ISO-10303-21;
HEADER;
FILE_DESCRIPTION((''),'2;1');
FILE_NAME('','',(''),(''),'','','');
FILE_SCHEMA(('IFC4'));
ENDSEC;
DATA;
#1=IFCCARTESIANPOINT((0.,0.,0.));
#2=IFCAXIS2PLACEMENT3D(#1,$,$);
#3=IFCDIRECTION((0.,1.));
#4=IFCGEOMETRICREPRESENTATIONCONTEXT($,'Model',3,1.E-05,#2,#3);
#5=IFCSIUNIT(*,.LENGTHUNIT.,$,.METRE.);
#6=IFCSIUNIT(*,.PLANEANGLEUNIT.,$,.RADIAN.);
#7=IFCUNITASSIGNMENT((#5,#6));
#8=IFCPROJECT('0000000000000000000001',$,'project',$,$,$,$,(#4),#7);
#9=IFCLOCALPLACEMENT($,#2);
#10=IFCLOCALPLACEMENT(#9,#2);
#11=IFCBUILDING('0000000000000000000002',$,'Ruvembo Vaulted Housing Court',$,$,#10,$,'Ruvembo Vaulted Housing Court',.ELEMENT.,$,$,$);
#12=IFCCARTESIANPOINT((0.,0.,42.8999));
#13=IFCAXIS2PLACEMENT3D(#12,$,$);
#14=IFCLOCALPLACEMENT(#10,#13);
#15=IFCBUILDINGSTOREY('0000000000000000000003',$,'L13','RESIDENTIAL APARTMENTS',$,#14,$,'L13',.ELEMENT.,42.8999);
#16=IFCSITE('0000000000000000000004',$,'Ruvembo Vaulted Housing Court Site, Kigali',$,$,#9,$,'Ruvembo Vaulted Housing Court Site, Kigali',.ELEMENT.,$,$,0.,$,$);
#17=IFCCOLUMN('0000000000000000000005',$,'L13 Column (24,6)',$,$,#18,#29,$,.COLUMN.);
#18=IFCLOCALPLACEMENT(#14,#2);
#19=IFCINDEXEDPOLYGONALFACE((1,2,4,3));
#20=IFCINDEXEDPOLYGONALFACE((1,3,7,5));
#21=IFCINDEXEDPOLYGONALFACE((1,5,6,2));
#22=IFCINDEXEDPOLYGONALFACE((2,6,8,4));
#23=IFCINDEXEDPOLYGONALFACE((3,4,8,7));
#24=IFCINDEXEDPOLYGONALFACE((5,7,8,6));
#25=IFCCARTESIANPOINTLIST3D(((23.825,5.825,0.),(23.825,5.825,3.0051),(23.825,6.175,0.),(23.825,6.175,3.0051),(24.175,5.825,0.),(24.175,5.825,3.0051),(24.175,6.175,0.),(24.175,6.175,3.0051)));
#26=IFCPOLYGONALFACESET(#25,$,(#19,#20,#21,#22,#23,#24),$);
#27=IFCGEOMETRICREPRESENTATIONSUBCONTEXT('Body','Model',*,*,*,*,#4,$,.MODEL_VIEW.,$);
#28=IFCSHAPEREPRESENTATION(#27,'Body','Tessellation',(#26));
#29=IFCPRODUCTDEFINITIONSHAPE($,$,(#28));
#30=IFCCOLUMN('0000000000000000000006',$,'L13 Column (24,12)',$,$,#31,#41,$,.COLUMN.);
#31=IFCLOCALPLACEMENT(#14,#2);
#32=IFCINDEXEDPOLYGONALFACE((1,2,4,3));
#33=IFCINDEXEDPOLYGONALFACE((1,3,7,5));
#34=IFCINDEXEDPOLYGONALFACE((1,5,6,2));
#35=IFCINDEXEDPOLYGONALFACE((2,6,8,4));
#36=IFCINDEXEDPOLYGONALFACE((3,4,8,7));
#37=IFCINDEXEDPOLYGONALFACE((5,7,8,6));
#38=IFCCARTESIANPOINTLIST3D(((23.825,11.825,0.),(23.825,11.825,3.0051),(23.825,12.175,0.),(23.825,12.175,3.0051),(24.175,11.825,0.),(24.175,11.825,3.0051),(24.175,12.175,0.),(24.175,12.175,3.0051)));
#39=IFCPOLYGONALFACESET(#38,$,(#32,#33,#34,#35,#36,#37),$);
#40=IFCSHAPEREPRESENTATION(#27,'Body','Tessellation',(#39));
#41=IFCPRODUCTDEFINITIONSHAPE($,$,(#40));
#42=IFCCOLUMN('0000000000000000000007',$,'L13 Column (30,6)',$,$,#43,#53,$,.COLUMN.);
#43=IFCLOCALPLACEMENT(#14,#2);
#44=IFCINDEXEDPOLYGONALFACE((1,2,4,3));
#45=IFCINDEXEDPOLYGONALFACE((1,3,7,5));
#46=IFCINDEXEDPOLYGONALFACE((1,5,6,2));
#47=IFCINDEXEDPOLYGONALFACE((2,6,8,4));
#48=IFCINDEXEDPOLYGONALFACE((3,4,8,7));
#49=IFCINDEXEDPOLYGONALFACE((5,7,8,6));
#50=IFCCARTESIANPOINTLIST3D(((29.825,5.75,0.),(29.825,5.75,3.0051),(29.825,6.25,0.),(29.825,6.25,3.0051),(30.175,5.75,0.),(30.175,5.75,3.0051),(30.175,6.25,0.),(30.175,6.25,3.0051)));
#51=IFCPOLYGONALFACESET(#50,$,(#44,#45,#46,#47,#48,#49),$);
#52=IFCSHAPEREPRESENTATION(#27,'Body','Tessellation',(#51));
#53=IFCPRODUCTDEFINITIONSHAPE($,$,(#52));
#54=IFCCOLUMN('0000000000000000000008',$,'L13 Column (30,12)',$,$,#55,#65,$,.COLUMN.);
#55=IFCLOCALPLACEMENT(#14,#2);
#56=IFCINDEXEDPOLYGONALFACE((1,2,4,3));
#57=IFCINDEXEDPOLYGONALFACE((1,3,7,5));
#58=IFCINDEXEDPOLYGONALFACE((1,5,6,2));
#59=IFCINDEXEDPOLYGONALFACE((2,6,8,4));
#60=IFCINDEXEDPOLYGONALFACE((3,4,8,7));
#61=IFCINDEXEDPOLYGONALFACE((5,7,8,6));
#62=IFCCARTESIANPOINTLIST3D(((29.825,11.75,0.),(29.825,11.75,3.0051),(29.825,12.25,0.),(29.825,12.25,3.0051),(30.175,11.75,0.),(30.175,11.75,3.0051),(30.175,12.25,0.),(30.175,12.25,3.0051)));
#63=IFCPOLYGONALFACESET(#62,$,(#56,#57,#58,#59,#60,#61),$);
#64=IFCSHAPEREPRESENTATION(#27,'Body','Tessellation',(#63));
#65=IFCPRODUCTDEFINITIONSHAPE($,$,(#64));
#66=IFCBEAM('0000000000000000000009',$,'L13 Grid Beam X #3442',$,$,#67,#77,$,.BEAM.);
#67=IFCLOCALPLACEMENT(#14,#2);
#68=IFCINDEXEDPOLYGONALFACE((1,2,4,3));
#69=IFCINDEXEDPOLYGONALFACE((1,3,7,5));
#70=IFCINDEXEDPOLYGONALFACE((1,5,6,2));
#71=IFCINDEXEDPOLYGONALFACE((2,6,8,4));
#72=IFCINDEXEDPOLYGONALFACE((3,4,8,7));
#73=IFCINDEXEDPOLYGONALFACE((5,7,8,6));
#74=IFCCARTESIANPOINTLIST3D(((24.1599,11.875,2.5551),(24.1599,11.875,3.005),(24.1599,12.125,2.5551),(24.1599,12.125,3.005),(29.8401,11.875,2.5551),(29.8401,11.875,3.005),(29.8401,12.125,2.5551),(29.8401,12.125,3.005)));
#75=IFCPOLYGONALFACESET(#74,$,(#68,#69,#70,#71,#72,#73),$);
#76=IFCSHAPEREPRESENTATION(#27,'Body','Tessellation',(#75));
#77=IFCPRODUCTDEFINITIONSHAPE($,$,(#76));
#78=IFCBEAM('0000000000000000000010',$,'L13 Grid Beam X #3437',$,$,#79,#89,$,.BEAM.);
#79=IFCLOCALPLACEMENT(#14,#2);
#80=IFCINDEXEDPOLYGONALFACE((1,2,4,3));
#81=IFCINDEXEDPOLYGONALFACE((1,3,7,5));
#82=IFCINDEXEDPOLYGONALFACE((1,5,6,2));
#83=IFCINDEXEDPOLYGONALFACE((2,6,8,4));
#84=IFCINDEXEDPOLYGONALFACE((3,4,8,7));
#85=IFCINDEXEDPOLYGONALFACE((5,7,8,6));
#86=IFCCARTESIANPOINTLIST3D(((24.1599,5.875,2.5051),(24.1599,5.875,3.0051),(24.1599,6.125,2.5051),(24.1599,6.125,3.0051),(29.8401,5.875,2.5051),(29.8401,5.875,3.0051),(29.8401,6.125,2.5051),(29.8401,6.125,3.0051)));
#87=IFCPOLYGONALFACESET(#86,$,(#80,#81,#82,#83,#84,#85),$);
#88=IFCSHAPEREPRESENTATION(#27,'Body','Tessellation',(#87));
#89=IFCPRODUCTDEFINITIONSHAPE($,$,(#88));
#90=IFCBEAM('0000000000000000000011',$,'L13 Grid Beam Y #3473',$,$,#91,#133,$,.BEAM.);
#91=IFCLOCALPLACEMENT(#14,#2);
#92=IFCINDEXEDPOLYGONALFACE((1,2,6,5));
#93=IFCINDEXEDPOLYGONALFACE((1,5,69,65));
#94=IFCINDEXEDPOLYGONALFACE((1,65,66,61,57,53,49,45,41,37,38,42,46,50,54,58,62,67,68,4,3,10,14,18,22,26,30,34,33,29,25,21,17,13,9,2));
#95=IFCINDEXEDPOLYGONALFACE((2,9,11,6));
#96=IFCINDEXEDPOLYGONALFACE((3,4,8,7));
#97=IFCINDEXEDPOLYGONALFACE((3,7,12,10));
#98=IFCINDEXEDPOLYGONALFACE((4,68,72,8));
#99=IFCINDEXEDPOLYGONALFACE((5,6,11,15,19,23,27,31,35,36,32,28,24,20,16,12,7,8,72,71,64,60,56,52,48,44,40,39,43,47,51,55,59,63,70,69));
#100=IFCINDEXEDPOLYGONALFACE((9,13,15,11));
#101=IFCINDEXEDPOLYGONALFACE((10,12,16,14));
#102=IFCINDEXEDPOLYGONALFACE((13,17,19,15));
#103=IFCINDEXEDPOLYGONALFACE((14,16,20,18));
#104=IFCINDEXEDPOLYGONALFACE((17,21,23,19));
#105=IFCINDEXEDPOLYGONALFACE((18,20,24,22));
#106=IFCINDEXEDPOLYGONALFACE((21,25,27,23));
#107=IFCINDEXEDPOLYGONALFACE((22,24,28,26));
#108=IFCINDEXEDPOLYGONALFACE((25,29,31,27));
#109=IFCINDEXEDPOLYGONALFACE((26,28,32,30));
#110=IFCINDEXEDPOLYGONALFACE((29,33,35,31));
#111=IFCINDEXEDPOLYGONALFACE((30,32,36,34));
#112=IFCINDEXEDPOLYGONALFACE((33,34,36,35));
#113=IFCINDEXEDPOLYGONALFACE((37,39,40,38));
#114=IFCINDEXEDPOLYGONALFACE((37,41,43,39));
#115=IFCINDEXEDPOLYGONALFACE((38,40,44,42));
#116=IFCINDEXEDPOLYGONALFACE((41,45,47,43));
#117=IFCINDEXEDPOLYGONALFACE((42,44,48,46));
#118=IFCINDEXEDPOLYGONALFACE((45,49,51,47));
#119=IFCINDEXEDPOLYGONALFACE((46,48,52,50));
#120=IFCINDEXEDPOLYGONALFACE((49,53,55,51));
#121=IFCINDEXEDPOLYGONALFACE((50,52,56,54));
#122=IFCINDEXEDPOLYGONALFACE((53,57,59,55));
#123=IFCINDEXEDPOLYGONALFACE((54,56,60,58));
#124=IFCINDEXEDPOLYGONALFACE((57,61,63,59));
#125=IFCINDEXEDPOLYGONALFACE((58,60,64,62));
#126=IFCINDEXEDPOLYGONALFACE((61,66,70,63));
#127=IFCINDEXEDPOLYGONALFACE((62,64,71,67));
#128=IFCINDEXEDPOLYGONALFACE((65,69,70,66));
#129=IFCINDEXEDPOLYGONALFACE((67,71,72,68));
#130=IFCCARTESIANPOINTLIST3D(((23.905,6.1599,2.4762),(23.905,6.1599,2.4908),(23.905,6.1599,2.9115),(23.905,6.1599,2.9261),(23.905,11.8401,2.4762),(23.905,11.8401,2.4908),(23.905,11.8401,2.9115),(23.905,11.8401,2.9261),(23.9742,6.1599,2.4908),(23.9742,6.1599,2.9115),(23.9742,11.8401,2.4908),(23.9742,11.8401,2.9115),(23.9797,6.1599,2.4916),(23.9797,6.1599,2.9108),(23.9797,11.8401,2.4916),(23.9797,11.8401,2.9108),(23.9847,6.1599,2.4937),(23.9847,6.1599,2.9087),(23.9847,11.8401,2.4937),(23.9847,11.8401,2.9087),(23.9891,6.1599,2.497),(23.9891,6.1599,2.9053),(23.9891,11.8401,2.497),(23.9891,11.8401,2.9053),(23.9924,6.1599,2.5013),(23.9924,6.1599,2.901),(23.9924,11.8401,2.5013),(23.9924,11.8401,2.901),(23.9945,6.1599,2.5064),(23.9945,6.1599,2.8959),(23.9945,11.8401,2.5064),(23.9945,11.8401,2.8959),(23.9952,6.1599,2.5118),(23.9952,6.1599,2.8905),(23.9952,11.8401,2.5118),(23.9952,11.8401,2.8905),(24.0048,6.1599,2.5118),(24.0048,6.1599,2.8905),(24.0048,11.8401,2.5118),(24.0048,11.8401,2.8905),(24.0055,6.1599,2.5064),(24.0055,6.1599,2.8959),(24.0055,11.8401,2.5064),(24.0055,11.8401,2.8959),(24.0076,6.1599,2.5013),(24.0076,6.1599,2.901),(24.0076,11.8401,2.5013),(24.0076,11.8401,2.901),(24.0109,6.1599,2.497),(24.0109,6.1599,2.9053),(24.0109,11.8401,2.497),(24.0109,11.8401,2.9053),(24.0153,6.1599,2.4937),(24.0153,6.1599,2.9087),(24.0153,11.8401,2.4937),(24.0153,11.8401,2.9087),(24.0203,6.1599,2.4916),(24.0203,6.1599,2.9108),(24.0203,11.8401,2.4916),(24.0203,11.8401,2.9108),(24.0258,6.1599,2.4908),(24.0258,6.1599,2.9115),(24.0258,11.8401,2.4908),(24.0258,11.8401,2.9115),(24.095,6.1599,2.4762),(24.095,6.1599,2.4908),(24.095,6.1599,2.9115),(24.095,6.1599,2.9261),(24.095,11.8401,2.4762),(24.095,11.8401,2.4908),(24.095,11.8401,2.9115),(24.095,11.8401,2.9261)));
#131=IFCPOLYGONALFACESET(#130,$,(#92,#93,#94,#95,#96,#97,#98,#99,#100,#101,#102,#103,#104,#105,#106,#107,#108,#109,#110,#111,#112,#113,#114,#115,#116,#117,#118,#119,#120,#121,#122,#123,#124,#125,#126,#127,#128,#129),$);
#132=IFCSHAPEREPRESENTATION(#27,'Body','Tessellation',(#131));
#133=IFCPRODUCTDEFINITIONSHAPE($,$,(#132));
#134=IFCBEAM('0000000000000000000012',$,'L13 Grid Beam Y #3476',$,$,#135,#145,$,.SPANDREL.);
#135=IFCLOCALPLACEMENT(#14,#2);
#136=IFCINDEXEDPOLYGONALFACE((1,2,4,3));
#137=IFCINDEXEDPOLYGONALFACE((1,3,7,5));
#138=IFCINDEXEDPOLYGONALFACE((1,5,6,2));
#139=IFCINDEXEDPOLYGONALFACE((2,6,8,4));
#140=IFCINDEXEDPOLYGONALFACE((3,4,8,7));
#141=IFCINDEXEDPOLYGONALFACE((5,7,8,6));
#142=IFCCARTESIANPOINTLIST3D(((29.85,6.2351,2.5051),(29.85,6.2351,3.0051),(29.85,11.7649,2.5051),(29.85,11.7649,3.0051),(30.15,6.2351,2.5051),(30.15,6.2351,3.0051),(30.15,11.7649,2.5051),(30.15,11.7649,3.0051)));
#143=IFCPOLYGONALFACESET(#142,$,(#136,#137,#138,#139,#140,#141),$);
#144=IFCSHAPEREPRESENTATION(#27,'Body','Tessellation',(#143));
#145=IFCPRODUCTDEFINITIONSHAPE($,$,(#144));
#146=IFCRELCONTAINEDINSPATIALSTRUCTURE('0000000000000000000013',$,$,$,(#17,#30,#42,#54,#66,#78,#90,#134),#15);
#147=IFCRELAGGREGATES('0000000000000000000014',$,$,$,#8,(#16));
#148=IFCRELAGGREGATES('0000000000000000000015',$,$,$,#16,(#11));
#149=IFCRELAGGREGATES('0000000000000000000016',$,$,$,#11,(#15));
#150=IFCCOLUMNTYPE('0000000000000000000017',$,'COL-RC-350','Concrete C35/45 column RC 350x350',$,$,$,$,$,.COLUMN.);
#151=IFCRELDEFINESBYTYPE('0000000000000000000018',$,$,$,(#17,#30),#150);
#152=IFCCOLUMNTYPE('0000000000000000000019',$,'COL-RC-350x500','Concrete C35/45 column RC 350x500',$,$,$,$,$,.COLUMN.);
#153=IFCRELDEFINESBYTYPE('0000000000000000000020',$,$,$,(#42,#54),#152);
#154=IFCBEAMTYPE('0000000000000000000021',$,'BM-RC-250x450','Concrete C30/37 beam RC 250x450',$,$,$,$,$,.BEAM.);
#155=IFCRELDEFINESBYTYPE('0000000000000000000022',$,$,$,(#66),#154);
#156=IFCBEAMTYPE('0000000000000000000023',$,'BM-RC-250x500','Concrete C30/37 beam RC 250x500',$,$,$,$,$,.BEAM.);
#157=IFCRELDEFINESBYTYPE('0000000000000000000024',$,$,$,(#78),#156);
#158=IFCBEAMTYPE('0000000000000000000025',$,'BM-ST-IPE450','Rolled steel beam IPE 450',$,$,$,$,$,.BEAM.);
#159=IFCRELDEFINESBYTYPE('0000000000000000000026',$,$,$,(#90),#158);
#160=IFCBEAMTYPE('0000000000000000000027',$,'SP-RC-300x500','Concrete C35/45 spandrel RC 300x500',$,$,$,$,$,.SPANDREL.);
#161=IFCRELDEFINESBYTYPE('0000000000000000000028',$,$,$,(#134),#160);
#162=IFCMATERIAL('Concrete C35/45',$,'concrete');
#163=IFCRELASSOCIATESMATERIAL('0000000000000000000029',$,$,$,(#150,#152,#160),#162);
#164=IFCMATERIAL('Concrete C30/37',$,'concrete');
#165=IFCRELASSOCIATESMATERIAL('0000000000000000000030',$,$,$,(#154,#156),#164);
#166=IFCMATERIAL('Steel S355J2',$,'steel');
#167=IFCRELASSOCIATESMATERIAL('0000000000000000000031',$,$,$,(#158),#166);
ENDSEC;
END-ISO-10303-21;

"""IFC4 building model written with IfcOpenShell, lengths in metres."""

from ifc_helpers import new_model, si_unit, direction, frame, origin, origin_2d, place, context, subcontext, project, spatial, rectangle, i_section, extrude, material, material_profile, profile_set, type_object, element, save


model = new_model("IFC4")

# Units and contexts
model_context = context("Model", 3, precision=1e-05, world=origin(), true_north=direction((0.0, 1.0)))
body_context = subcontext(model_context, "Body", "Model", "MODEL_VIEW")
ifc_project = project(units=[si_unit("LENGTHUNIT", "METRE"), si_unit("PLANEANGLEUNIT", "RADIAN")], contexts=[model_context])

# Site, building, storey
site_placement = place(None, origin())
site = spatial("IfcSite", under=ifc_project, at=site_placement, Name="Ruvembo Vaulted Housing Court Site, Kigali", LongName="Ruvembo Vaulted Housing Court Site, Kigali", CompositionType="ELEMENT", RefElevation=0.0)
building_placement = place(site_placement, origin())
building = spatial("IfcBuilding", under=site, at=building_placement, Name="Ruvembo Vaulted Housing Court", LongName="Ruvembo Vaulted Housing Court", CompositionType="ELEMENT")
storey_placement = place(building_placement, frame((0.0, 0.0, 42.8999)))
storey = spatial("IfcBuildingStorey", under=building, at=storey_placement, Name="L13", Description="RESIDENTIAL APARTMENTS", LongName="L13", CompositionType="ELEMENT", Elevation=42.8999)

# Columns
ifc_material_1 = material(Name="Concrete C35/45", Category="concrete")
ifc_material_profile_1 = material_profile(ifc_material_1, rectangle(XDim=0.3501, YDim=0.3501, at=origin_2d()), Name="RC 350x350")
ifc_profile_set_1 = profile_set([ifc_material_profile_1], Name="Concrete C35/45")
column_type_1 = type_object("IfcColumnType", Name="COL-RC-350", Description="Concrete C35/45 column RC 350x350", PredefinedType="COLUMN", material=ifc_profile_set_1)
for number, where, z_axis, x_axis, name in (
    (1, (24.0, 6.0, 0.0), (0.0, 0.0, 1.0), (1.0, 0.0, 0.0), "L13 Column (24,6)"),
    (2, (24.0, 12.0, 0.0), (0.0, 0.0, 1.0), (1.0, 0.0, 0.0), "L13 Column (24,12)"),
):
    element("IfcColumn", number, at=place(storey_placement, frame(where, z_axis=z_axis, x_axis=x_axis)), inside=storey, type_object=column_type_1, Name=name, PredefinedType="COLUMN", context=body_context, shape_type="SweptSolid", body=[
        extrude(rectangle(XDim=0.3501, YDim=0.3501, at=origin_2d()), origin(), (0.0, 0.0, 1.0), 3.0051),
    ])
ifc_material_profile_2 = material_profile(ifc_material_1, rectangle(XDim=0.3501, YDim=0.5, at=origin_2d()), Name="RC 350x500")
ifc_profile_set_2 = profile_set([ifc_material_profile_2], Name="Concrete C35/45")
column_type_2 = type_object("IfcColumnType", Name="COL-RC-350x500", Description="Concrete C35/45 column RC 350x500", PredefinedType="COLUMN", material=ifc_profile_set_2)
for number, where, z_axis, x_axis, name in (
    (3, (30.0, 6.0, 0.0), (0.0, 0.0, 1.0), (1.0, 0.0, 0.0), "L13 Column (30,6)"),
    (4, (30.0, 12.0, 0.0), (0.0, 0.0, 1.0), (1.0, 0.0, 0.0), "L13 Column (30,12)"),
):
    element("IfcColumn", number, at=place(storey_placement, frame(where, z_axis=z_axis, x_axis=x_axis)), inside=storey, type_object=column_type_2, Name=name, PredefinedType="COLUMN", context=body_context, shape_type="SweptSolid", body=[
        extrude(rectangle(XDim=0.3501, YDim=0.5, at=origin_2d()), origin(), (0.0, 0.0, 1.0), 3.0051),
    ])

# Beams
ifc_material_2 = material(Name="Concrete C30/37", Category="concrete")
ifc_material_profile_3 = material_profile(ifc_material_2, rectangle(XDim=0.25, YDim=0.45, at=origin_2d()), Name="RC 250x450")
ifc_profile_set_3 = profile_set([ifc_material_profile_3], Name="Concrete C30/37")
beam_type_1 = type_object("IfcBeamType", Name="BM-RC-250x450", Description="Concrete C30/37 beam RC 250x450", PredefinedType="BEAM", material=ifc_profile_set_3)
beam_1_placement = place(storey_placement, frame((24.1599, 12.0, 2.78), z_axis=(1.0, 0.0, 0.0), x_axis=(0.0, 1.0, 0.0)))
element("IfcBeam", 5, at=beam_1_placement, inside=storey, type_object=beam_type_1, Name="L13 Grid Beam X #3442", PredefinedType="BEAM", context=body_context, shape_type="SweptSolid", body=[
    extrude(rectangle(XDim=0.25, YDim=0.45, at=origin_2d()), origin(), (0.0, 0.0, 1.0), 5.6802),
])
ifc_material_profile_4 = material_profile(ifc_material_2, rectangle(XDim=0.25, YDim=0.5, at=origin_2d()), Name="RC 250x500")
ifc_profile_set_4 = profile_set([ifc_material_profile_4], Name="Concrete C30/37")
beam_type_2 = type_object("IfcBeamType", Name="BM-RC-250x500", Description="Concrete C30/37 beam RC 250x500", PredefinedType="BEAM", material=ifc_profile_set_4)
beam_2_placement = place(storey_placement, frame((24.1599, 6.0, 2.7551), z_axis=(1.0, 0.0, 0.0), x_axis=(0.0, 1.0, 0.0)))
element("IfcBeam", 6, at=beam_2_placement, inside=storey, type_object=beam_type_2, Name="L13 Grid Beam X #3437", PredefinedType="BEAM", context=body_context, shape_type="SweptSolid", body=[
    extrude(rectangle(XDim=0.25, YDim=0.5, at=origin_2d()), origin(), (0.0, 0.0, 1.0), 5.6802),
])
ifc_material_3 = material(Name="Steel S355J2", Category="steel")
ifc_material_profile_5 = material_profile(ifc_material_3, i_section(OverallWidth=0.1899, OverallDepth=0.45, WebThickness=0.0095, FlangeThickness=0.0146, FilletRadius=0.021, at=origin_2d()), Name="IPE 450")
ifc_profile_set_5 = profile_set([ifc_material_profile_5], Name="Steel S355J2")
beam_type_3 = type_object("IfcBeamType", Name="BM-ST-IPE450", Description="Rolled steel beam IPE 450", PredefinedType="BEAM", material=ifc_profile_set_5)
beam_3_placement = place(storey_placement, frame((24.0, 6.1599, 2.7012), z_axis=(0.0, 1.0, 0.0), x_axis=(-1.0, 0.0, 0.0)))
element("IfcBeam", 7, at=beam_3_placement, inside=storey, type_object=beam_type_3, Name="L13 Grid Beam Y #3473", PredefinedType="BEAM", context=body_context, shape_type="SweptSolid", body=[
    extrude(i_section(OverallWidth=0.1899, OverallDepth=0.45, WebThickness=0.0095, FlangeThickness=0.0146, FilletRadius=0.021, at=origin_2d()), origin(), (0.0, 0.0, 1.0), 5.6802),
])
ifc_material_profile_6 = material_profile(ifc_material_1, rectangle(XDim=0.3, YDim=0.5, at=origin_2d()), Name="RC 300x500")
ifc_profile_set_6 = profile_set([ifc_material_profile_6], Name="Concrete C35/45")
beam_type_4 = type_object("IfcBeamType", Name="SP-RC-300x500", Description="Concrete C35/45 spandrel RC 300x500", PredefinedType="SPANDREL", material=ifc_profile_set_6)
beam_4_placement = place(storey_placement, frame((30.0, 6.2351, 2.7551), z_axis=(0.0, 1.0, 0.0), x_axis=(-1.0, 0.0, 0.0)))
element("IfcBeam", 8, at=beam_4_placement, inside=storey, type_object=beam_type_4, Name="L13 Grid Beam Y #3476", PredefinedType="SPANDREL", context=body_context, shape_type="SweptSolid", body=[
    extrude(rectangle(XDim=0.3, YDim=0.5, at=origin_2d()), origin(), (0.0, 0.0, 1.0), 5.5298),
])

save(model, "model.ifc")
